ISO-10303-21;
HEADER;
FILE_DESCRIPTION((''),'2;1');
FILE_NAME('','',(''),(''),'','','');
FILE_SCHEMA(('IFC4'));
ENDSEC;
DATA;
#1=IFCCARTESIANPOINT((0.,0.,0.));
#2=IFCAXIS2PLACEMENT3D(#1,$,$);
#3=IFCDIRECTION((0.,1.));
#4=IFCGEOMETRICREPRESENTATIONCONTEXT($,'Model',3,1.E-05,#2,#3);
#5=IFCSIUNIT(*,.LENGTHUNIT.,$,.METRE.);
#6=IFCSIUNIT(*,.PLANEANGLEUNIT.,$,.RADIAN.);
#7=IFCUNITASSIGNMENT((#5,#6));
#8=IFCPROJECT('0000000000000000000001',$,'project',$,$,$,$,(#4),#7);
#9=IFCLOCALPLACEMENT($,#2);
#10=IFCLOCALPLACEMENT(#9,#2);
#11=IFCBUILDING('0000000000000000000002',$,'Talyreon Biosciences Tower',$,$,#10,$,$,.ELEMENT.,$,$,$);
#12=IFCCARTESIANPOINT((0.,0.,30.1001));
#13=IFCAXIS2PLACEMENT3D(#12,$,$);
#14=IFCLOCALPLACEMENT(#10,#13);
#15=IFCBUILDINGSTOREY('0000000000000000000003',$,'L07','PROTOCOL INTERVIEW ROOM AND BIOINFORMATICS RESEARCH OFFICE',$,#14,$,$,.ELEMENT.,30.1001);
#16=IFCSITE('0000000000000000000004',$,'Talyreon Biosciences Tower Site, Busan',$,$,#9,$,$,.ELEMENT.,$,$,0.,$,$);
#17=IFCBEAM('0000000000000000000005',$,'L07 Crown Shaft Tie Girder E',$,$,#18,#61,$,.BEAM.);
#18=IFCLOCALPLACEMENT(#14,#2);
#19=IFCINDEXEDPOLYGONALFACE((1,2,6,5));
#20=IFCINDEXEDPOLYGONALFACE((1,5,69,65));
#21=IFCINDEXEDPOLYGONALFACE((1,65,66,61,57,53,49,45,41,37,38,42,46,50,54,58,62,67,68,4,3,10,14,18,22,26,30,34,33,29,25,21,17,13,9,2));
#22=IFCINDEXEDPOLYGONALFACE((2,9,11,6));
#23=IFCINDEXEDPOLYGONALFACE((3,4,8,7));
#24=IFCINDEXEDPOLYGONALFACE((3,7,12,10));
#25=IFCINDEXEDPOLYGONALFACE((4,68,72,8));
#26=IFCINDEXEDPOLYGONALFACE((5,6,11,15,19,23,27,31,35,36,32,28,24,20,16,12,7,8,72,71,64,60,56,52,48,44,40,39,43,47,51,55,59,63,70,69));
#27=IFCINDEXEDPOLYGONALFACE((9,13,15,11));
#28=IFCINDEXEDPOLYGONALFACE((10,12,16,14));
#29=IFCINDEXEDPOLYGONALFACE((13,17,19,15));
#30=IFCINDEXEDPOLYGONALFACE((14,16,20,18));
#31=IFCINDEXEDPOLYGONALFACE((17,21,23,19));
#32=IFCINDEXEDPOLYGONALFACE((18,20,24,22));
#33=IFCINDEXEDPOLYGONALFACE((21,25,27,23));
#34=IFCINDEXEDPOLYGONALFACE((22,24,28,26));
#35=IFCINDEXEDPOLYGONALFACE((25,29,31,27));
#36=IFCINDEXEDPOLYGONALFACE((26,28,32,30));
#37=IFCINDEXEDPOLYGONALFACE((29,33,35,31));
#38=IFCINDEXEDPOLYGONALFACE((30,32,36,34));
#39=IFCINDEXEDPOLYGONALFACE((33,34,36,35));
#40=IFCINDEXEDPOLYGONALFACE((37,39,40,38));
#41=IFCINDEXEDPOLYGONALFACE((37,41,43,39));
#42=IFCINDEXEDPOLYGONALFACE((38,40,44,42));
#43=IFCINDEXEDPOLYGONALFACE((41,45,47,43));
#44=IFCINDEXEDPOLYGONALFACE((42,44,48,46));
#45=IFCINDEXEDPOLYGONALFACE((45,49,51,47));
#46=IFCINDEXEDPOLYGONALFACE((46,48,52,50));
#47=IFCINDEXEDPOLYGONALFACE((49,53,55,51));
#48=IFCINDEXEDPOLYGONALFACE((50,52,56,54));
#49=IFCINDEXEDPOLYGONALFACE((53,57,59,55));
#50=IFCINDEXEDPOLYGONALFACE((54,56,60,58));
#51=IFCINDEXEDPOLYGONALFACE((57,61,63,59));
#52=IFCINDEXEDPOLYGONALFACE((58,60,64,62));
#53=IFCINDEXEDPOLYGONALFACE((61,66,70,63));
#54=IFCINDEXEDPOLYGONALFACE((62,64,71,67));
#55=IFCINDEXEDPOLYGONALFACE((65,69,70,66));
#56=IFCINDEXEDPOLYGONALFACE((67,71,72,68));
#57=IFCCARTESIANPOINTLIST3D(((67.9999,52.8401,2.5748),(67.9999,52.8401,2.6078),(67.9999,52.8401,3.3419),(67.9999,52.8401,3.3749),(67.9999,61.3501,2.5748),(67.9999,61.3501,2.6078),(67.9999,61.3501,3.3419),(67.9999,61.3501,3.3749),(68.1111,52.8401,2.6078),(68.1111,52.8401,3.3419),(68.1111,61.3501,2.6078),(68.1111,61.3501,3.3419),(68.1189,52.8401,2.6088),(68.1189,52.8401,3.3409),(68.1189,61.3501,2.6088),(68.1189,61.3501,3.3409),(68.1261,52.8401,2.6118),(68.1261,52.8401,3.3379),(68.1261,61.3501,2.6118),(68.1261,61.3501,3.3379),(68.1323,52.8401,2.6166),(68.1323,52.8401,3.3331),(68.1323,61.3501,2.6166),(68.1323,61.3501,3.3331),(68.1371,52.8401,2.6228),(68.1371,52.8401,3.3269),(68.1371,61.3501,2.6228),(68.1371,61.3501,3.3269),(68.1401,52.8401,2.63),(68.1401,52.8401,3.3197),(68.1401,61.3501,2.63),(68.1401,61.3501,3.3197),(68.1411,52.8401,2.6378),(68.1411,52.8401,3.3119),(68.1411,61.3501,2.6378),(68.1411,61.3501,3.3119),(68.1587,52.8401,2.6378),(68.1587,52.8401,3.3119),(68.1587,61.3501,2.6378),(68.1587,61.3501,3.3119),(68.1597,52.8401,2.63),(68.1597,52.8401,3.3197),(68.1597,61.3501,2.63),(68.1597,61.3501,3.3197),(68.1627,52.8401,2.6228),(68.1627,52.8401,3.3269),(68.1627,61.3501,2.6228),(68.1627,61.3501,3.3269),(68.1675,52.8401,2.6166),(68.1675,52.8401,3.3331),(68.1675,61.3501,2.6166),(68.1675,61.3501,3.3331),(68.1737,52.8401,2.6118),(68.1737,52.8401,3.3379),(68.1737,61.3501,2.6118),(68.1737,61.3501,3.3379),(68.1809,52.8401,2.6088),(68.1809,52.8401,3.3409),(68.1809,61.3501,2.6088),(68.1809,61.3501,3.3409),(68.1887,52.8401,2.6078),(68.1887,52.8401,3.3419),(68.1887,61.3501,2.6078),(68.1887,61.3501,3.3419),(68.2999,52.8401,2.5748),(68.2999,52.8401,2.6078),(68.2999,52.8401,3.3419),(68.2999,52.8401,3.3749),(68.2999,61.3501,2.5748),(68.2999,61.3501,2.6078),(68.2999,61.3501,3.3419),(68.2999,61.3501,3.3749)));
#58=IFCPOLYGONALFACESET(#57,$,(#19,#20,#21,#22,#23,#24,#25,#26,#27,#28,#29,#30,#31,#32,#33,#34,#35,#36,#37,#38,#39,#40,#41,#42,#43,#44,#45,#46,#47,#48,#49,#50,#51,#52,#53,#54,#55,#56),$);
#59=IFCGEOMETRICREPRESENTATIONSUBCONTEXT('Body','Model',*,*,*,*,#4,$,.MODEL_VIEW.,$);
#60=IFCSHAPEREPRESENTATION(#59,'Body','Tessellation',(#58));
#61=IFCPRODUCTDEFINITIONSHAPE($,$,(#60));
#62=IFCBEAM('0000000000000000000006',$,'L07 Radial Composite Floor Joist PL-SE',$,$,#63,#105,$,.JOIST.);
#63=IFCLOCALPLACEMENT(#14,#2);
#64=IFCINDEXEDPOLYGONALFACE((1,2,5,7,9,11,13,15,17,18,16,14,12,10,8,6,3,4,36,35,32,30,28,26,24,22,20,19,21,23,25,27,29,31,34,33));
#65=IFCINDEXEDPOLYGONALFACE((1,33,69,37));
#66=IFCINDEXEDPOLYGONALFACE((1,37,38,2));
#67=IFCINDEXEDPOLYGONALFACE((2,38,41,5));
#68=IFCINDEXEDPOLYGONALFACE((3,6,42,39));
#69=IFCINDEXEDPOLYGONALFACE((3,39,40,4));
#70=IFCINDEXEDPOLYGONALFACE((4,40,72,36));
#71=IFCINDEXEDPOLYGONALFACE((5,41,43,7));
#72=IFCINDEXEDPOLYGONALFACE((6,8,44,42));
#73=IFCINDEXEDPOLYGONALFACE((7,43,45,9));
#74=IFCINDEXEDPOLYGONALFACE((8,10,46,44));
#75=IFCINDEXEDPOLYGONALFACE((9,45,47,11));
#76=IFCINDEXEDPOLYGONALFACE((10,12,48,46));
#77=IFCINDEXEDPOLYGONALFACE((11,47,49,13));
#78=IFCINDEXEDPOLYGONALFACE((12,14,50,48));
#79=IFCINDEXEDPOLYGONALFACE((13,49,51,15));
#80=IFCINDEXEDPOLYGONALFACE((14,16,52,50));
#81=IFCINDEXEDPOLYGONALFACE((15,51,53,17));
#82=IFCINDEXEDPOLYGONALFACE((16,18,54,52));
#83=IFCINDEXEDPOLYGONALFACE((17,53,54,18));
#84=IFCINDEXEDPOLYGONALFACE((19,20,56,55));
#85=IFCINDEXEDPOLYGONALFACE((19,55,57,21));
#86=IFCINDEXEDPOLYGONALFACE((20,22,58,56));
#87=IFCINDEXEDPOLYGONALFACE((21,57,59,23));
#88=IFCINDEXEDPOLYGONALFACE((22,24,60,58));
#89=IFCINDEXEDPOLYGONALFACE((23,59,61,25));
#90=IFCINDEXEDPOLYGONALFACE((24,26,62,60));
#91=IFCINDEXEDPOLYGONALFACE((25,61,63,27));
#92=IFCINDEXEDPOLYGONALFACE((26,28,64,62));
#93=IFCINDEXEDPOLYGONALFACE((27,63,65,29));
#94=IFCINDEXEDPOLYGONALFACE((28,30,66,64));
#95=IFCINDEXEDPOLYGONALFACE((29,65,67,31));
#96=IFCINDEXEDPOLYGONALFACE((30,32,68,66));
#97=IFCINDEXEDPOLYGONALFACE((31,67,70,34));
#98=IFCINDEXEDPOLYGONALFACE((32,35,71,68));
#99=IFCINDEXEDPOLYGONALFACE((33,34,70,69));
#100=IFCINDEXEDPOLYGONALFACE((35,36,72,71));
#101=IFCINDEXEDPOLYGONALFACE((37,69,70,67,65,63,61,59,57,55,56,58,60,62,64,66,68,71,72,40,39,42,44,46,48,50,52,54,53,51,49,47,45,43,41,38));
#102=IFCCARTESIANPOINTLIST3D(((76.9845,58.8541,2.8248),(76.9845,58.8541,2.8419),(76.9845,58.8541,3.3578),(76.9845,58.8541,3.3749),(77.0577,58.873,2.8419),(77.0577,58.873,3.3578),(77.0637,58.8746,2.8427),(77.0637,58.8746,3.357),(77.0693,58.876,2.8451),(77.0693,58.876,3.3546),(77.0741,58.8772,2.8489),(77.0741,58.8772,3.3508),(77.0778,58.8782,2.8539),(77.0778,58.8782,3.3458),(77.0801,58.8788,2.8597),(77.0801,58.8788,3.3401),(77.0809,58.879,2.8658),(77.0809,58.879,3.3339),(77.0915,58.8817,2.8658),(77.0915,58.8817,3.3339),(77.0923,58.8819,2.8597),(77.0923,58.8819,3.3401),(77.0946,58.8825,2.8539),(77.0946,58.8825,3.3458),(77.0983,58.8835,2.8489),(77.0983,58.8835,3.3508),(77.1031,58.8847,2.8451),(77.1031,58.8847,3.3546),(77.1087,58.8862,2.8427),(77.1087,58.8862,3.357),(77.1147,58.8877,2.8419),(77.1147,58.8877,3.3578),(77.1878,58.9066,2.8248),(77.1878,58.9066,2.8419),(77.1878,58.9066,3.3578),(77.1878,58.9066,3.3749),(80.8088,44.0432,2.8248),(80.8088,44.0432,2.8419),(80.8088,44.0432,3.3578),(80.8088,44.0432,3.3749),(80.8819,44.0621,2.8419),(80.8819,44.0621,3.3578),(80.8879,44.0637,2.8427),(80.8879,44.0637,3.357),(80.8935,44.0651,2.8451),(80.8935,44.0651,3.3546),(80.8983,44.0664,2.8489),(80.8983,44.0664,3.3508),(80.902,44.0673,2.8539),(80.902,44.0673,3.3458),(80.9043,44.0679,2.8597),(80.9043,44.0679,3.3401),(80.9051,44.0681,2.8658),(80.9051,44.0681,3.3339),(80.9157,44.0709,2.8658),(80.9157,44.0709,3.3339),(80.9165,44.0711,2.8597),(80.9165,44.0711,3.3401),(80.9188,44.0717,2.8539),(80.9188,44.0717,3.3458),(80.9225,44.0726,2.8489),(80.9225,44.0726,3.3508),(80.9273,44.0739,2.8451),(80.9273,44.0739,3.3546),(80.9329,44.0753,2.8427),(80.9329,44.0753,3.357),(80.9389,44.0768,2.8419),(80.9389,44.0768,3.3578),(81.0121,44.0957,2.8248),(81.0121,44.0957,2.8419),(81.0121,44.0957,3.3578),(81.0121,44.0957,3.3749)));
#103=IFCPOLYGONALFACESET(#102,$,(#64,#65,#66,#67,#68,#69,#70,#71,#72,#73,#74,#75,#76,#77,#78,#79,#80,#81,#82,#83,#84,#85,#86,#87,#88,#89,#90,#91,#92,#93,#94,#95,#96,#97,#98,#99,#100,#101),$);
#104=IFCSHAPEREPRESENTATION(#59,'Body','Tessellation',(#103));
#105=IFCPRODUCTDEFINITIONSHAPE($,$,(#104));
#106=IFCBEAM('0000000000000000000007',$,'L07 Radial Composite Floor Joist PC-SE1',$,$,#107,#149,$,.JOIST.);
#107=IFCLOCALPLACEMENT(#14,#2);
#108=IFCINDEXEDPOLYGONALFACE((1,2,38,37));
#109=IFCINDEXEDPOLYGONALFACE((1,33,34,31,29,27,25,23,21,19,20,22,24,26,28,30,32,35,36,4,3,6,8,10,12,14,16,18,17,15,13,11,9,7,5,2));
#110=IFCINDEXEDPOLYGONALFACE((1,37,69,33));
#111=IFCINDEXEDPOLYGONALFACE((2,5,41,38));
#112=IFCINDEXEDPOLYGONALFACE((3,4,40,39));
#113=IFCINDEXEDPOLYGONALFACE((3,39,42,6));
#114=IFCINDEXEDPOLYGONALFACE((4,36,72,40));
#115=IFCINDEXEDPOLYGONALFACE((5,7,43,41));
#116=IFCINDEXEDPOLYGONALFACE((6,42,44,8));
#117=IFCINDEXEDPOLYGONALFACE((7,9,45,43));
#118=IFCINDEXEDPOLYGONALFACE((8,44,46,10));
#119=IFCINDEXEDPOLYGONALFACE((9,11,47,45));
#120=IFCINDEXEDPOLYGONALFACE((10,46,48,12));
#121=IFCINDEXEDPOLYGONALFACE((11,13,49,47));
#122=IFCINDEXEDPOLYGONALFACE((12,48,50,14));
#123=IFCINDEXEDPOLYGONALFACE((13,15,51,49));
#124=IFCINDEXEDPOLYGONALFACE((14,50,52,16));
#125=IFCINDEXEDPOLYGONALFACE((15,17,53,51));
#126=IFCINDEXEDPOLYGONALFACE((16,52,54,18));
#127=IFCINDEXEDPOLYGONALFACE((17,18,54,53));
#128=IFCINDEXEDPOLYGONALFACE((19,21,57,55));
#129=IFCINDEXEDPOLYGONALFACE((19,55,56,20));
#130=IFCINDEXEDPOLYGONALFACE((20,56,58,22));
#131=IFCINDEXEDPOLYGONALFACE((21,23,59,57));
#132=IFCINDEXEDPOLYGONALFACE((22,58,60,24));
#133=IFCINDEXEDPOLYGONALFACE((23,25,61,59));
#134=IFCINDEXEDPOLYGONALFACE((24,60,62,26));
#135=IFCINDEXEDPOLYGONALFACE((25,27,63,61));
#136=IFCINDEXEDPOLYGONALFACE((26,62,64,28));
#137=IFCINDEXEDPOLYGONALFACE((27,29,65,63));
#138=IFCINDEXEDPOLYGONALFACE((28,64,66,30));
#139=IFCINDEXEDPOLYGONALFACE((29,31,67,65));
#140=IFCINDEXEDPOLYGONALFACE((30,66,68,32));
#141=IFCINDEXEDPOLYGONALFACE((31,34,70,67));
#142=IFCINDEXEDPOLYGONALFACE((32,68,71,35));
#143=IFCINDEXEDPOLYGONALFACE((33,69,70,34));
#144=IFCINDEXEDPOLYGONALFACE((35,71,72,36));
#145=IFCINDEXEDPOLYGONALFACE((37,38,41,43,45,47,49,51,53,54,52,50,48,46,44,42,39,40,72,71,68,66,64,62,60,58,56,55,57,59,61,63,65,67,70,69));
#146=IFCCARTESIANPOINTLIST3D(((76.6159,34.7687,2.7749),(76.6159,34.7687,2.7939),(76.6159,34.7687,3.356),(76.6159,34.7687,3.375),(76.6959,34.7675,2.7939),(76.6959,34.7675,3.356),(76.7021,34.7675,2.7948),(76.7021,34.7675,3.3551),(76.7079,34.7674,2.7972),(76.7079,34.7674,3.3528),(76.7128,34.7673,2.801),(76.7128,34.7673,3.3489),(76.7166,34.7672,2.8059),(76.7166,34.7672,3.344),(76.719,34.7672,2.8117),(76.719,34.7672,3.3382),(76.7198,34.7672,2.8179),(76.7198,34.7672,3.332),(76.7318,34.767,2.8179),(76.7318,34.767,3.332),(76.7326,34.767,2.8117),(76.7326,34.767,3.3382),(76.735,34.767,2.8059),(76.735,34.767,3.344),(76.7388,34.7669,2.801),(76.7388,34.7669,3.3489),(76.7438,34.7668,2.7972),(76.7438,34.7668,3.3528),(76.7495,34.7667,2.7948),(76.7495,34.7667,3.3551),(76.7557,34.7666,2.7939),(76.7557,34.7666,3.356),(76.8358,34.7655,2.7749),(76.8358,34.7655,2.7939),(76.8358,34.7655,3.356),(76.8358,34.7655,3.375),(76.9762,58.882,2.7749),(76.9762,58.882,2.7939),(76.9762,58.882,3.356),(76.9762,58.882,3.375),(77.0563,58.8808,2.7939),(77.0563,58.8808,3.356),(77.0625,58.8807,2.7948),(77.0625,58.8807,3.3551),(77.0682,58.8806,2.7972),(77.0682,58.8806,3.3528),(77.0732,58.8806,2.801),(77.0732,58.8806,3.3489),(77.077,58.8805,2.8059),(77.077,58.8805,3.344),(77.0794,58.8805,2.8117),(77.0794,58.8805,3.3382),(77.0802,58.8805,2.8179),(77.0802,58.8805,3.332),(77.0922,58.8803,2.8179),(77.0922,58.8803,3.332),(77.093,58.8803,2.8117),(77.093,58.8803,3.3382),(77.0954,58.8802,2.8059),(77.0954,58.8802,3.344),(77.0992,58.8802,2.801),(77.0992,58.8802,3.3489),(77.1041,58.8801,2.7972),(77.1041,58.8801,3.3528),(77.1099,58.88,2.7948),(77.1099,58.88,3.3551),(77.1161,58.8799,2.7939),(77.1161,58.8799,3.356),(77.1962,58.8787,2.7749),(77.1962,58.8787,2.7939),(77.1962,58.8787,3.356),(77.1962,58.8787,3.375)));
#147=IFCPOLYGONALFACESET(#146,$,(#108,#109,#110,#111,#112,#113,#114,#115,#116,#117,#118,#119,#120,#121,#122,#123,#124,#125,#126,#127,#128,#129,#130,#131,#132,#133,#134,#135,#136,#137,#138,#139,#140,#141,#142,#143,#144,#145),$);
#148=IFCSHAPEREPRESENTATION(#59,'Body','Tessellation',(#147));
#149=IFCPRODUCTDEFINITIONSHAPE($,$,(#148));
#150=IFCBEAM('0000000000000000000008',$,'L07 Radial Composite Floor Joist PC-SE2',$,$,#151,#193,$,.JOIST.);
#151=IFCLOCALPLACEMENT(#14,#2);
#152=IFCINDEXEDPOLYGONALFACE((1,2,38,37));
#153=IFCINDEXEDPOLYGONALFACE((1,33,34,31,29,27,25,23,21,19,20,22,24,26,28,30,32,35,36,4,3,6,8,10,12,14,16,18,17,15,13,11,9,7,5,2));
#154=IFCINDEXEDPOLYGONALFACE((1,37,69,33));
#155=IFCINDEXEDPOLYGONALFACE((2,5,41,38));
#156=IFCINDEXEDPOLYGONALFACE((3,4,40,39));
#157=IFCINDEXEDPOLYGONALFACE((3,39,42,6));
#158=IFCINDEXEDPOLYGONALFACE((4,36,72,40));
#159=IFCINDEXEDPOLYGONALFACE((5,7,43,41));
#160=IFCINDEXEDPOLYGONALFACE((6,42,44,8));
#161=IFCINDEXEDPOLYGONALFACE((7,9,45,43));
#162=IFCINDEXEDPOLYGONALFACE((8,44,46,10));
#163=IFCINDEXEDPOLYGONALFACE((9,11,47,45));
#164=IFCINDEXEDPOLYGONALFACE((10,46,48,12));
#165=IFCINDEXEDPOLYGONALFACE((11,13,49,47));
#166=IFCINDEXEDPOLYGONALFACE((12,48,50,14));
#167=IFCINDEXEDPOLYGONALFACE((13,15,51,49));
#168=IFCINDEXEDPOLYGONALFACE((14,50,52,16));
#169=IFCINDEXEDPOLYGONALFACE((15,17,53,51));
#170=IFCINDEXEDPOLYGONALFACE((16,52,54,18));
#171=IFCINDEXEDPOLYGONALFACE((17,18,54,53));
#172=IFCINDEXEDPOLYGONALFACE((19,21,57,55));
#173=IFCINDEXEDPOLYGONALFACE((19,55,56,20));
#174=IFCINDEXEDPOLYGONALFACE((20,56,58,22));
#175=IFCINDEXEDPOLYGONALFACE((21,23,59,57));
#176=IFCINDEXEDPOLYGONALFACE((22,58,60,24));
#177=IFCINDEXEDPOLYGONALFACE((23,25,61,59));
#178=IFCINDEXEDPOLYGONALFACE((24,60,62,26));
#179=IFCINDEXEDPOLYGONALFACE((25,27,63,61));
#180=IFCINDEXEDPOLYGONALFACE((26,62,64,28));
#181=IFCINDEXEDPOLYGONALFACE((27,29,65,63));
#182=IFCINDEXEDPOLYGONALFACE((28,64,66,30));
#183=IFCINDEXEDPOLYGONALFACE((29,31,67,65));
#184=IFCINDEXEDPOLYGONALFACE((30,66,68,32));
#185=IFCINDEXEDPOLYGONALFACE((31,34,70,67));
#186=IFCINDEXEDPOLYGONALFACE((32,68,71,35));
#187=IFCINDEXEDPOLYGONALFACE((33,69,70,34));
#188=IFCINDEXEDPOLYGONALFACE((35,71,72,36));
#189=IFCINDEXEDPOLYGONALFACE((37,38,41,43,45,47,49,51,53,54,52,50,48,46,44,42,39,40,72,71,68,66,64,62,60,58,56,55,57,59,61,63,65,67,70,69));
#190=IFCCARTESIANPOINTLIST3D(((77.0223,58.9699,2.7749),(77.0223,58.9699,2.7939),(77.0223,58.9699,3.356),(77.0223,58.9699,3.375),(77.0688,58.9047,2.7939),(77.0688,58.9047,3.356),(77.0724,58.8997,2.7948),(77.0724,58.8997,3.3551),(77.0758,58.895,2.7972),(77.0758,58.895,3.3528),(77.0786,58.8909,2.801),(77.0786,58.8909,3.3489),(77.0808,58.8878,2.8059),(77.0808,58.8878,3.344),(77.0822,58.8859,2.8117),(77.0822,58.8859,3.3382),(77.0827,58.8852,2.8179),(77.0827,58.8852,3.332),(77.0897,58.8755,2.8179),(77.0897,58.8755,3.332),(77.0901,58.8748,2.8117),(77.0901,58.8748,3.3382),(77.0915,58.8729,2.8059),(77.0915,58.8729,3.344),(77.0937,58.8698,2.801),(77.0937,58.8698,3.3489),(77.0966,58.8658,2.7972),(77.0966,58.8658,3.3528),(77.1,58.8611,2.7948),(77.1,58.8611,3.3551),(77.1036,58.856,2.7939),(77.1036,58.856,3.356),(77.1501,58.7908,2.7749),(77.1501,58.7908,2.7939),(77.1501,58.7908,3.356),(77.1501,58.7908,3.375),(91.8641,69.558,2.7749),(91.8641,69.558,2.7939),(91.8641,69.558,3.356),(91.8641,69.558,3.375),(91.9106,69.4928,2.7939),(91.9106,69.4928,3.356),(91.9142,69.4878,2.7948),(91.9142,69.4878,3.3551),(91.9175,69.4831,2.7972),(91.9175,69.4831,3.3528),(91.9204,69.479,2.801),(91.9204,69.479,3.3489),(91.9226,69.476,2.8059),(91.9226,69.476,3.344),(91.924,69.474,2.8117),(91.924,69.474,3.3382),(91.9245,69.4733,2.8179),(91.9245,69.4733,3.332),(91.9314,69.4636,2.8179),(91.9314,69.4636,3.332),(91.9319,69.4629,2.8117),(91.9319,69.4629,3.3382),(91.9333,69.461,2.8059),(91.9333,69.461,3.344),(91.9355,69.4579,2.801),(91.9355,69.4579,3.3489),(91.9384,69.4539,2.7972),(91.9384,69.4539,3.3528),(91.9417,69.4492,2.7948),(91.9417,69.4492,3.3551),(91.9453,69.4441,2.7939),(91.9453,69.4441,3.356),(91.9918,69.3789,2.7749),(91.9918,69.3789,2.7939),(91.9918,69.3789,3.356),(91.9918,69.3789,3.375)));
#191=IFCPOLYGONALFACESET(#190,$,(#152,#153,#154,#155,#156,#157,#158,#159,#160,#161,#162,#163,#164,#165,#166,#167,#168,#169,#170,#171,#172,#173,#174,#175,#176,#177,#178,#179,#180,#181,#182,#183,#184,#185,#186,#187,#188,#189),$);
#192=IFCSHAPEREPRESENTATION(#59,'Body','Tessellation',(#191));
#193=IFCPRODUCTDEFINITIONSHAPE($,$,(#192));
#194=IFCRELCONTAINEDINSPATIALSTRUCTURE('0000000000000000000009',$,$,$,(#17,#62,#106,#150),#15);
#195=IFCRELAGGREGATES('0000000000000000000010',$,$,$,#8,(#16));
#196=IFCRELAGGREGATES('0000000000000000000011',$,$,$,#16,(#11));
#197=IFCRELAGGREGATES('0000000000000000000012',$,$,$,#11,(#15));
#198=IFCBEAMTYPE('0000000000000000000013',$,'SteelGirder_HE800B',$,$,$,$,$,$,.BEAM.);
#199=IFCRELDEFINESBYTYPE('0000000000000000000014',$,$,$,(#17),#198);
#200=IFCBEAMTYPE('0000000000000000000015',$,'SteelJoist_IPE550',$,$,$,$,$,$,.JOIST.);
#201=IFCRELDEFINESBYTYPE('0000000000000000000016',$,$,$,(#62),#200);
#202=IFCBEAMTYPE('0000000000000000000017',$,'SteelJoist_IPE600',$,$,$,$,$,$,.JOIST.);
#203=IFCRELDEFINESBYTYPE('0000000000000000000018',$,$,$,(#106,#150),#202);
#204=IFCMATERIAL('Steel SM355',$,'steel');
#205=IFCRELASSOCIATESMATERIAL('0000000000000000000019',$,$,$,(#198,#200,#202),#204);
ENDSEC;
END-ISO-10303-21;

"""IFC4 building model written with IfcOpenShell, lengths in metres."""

from ifc_helpers import new_model, si_unit, direction, frame, origin, origin_2d, place, context, subcontext, project, spatial, i_section, extrude, material, material_profile, profile_set, type_object, element, save


model = new_model("IFC4")

# Units and contexts
model_context = context("Model", 3, precision=1e-05, world=origin(), true_north=direction((0.0, 1.0)))
body_context = subcontext(model_context, "Body", "Model", "MODEL_VIEW")
ifc_project = project(units=[si_unit("LENGTHUNIT", "METRE"), si_unit("PLANEANGLEUNIT", "RADIAN")], contexts=[model_context])

# Site, building, storey
site_placement = place(None, origin())
site = spatial("IfcSite", under=ifc_project, at=site_placement, Name="Talyreon Biosciences Tower Site, Busan", CompositionType="ELEMENT", RefElevation=0.0)
building_placement = place(site_placement, origin())
building = spatial("IfcBuilding", under=site, at=building_placement, Name="Talyreon Biosciences Tower", CompositionType="ELEMENT")
storey_placement = place(building_placement, frame((0.0, 0.0, 30.1001)))
storey = spatial("IfcBuildingStorey", under=building, at=storey_placement, Name="L07", Description="PROTOCOL INTERVIEW ROOM AND BIOINFORMATICS RESEARCH OFFICE", CompositionType="ELEMENT", Elevation=30.1001)

# Beams
ifc_material_1 = material(Name="Steel SM355", Category="steel")
ifc_material_profile_1 = material_profile(ifc_material_1, i_section(OverallWidth=0.3, OverallDepth=0.8, WebThickness=0.0176, FlangeThickness=0.033, FilletRadius=0.03, at=origin_2d()), Name="HE800B")
ifc_profile_set_1 = profile_set([ifc_material_profile_1], Name="Steel SM355")
beam_type_1 = type_object("IfcBeamType", Name="SteelGirder_HE800B", PredefinedType="BEAM", material=ifc_profile_set_1)
beam_1_placement = place(storey_placement, frame((68.1499, 52.8401, 2.9749), z_axis=(0.0, 1.0, 0.0), x_axis=(-1.0, 0.0, 0.0)))
element("IfcBeam", 1, at=beam_1_placement, inside=storey, type_object=beam_type_1, Name="L07 Crown Shaft Tie Girder E", PredefinedType="BEAM", context=body_context, shape_type="SweptSolid", body=[
    extrude(i_section(OverallWidth=0.3, OverallDepth=0.8, WebThickness=0.0176, FlangeThickness=0.033, FilletRadius=0.03, at=origin_2d()), origin(), (0.0, 0.0, 1.0), 8.51),
])
ifc_material_profile_2 = material_profile(ifc_material_1, i_section(OverallWidth=0.21, OverallDepth=0.55, WebThickness=0.011, FlangeThickness=0.0171, FilletRadius=0.0239, at=origin_2d()), Name="IPE550")
ifc_profile_set_2 = profile_set([ifc_material_profile_2], Name="Steel SM355")
beam_type_2 = type_object("IfcBeamType", Name="SteelJoist_IPE550", PredefinedType="JOIST", material=ifc_profile_set_2)
beam_2_placement = place(storey_placement, frame((77.0862, 58.8804, 3.0999), z_axis=(0.250005, -0.968244, 0.0), x_axis=(0.968244, 0.250005, 0.0)))
element("IfcBeam", 2, at=beam_2_placement, inside=storey, type_object=beam_type_2, Name="L07 Radial Composite Floor Joist PL-SE", PredefinedType="JOIST", context=body_context, shape_type="SweptSolid", body=[
    extrude(i_section(OverallWidth=0.21, OverallDepth=0.55, WebThickness=0.011, FlangeThickness=0.0171, FilletRadius=0.0239, at=origin_2d()), origin(), (0.0, 0.0, 1.0), 15.2966),
])
ifc_material_profile_3 = material_profile(ifc_material_1, i_section(OverallWidth=0.22, OverallDepth=0.6001, WebThickness=0.012, FlangeThickness=0.019, FilletRadius=0.0239, at=origin_2d()), Name="IPE600")
ifc_profile_set_3 = profile_set([ifc_material_profile_3], Name="Steel SM355")
beam_type_3 = type_object("IfcBeamType", Name="SteelJoist_IPE600", PredefinedType="JOIST", material=ifc_profile_set_3)
beam_3_placement = place(storey_placement, frame((77.0862, 58.8804, 3.075), z_axis=(-0.014942, -0.999888, 0.0), x_axis=(0.999888, -0.014942, 0.0)))
element("IfcBeam", 3, at=beam_3_placement, inside=storey, type_object=beam_type_3, Name="L07 Radial Composite Floor Joist PC-SE1", PredefinedType="JOIST", context=body_context, shape_type="SweptSolid", body=[
    extrude(i_section(OverallWidth=0.22, OverallDepth=0.6001, WebThickness=0.012, FlangeThickness=0.019, FilletRadius=0.0239, at=origin_2d()), origin(), (0.0, 0.0, 1.0), 24.116),
])
beam_4_placement = place(storey_placement, frame((77.0862, 58.8804, 3.075), z_axis=(0.814074, 0.580761, 0.0), x_axis=(-0.580761, 0.814074, 0.0)))
element("IfcBeam", 4, at=beam_4_placement, inside=storey, type_object=beam_type_3, Name="L07 Radial Composite Floor Joist PC-SE2", PredefinedType="JOIST", context=body_context, shape_type="SweptSolid", body=[
    extrude(i_section(OverallWidth=0.22, OverallDepth=0.6001, WebThickness=0.012, FlangeThickness=0.019, FilletRadius=0.0239, at=origin_2d()), origin(), (0.0, 0.0, 1.0), 18.2314),
])

save(model, "model.ifc")
